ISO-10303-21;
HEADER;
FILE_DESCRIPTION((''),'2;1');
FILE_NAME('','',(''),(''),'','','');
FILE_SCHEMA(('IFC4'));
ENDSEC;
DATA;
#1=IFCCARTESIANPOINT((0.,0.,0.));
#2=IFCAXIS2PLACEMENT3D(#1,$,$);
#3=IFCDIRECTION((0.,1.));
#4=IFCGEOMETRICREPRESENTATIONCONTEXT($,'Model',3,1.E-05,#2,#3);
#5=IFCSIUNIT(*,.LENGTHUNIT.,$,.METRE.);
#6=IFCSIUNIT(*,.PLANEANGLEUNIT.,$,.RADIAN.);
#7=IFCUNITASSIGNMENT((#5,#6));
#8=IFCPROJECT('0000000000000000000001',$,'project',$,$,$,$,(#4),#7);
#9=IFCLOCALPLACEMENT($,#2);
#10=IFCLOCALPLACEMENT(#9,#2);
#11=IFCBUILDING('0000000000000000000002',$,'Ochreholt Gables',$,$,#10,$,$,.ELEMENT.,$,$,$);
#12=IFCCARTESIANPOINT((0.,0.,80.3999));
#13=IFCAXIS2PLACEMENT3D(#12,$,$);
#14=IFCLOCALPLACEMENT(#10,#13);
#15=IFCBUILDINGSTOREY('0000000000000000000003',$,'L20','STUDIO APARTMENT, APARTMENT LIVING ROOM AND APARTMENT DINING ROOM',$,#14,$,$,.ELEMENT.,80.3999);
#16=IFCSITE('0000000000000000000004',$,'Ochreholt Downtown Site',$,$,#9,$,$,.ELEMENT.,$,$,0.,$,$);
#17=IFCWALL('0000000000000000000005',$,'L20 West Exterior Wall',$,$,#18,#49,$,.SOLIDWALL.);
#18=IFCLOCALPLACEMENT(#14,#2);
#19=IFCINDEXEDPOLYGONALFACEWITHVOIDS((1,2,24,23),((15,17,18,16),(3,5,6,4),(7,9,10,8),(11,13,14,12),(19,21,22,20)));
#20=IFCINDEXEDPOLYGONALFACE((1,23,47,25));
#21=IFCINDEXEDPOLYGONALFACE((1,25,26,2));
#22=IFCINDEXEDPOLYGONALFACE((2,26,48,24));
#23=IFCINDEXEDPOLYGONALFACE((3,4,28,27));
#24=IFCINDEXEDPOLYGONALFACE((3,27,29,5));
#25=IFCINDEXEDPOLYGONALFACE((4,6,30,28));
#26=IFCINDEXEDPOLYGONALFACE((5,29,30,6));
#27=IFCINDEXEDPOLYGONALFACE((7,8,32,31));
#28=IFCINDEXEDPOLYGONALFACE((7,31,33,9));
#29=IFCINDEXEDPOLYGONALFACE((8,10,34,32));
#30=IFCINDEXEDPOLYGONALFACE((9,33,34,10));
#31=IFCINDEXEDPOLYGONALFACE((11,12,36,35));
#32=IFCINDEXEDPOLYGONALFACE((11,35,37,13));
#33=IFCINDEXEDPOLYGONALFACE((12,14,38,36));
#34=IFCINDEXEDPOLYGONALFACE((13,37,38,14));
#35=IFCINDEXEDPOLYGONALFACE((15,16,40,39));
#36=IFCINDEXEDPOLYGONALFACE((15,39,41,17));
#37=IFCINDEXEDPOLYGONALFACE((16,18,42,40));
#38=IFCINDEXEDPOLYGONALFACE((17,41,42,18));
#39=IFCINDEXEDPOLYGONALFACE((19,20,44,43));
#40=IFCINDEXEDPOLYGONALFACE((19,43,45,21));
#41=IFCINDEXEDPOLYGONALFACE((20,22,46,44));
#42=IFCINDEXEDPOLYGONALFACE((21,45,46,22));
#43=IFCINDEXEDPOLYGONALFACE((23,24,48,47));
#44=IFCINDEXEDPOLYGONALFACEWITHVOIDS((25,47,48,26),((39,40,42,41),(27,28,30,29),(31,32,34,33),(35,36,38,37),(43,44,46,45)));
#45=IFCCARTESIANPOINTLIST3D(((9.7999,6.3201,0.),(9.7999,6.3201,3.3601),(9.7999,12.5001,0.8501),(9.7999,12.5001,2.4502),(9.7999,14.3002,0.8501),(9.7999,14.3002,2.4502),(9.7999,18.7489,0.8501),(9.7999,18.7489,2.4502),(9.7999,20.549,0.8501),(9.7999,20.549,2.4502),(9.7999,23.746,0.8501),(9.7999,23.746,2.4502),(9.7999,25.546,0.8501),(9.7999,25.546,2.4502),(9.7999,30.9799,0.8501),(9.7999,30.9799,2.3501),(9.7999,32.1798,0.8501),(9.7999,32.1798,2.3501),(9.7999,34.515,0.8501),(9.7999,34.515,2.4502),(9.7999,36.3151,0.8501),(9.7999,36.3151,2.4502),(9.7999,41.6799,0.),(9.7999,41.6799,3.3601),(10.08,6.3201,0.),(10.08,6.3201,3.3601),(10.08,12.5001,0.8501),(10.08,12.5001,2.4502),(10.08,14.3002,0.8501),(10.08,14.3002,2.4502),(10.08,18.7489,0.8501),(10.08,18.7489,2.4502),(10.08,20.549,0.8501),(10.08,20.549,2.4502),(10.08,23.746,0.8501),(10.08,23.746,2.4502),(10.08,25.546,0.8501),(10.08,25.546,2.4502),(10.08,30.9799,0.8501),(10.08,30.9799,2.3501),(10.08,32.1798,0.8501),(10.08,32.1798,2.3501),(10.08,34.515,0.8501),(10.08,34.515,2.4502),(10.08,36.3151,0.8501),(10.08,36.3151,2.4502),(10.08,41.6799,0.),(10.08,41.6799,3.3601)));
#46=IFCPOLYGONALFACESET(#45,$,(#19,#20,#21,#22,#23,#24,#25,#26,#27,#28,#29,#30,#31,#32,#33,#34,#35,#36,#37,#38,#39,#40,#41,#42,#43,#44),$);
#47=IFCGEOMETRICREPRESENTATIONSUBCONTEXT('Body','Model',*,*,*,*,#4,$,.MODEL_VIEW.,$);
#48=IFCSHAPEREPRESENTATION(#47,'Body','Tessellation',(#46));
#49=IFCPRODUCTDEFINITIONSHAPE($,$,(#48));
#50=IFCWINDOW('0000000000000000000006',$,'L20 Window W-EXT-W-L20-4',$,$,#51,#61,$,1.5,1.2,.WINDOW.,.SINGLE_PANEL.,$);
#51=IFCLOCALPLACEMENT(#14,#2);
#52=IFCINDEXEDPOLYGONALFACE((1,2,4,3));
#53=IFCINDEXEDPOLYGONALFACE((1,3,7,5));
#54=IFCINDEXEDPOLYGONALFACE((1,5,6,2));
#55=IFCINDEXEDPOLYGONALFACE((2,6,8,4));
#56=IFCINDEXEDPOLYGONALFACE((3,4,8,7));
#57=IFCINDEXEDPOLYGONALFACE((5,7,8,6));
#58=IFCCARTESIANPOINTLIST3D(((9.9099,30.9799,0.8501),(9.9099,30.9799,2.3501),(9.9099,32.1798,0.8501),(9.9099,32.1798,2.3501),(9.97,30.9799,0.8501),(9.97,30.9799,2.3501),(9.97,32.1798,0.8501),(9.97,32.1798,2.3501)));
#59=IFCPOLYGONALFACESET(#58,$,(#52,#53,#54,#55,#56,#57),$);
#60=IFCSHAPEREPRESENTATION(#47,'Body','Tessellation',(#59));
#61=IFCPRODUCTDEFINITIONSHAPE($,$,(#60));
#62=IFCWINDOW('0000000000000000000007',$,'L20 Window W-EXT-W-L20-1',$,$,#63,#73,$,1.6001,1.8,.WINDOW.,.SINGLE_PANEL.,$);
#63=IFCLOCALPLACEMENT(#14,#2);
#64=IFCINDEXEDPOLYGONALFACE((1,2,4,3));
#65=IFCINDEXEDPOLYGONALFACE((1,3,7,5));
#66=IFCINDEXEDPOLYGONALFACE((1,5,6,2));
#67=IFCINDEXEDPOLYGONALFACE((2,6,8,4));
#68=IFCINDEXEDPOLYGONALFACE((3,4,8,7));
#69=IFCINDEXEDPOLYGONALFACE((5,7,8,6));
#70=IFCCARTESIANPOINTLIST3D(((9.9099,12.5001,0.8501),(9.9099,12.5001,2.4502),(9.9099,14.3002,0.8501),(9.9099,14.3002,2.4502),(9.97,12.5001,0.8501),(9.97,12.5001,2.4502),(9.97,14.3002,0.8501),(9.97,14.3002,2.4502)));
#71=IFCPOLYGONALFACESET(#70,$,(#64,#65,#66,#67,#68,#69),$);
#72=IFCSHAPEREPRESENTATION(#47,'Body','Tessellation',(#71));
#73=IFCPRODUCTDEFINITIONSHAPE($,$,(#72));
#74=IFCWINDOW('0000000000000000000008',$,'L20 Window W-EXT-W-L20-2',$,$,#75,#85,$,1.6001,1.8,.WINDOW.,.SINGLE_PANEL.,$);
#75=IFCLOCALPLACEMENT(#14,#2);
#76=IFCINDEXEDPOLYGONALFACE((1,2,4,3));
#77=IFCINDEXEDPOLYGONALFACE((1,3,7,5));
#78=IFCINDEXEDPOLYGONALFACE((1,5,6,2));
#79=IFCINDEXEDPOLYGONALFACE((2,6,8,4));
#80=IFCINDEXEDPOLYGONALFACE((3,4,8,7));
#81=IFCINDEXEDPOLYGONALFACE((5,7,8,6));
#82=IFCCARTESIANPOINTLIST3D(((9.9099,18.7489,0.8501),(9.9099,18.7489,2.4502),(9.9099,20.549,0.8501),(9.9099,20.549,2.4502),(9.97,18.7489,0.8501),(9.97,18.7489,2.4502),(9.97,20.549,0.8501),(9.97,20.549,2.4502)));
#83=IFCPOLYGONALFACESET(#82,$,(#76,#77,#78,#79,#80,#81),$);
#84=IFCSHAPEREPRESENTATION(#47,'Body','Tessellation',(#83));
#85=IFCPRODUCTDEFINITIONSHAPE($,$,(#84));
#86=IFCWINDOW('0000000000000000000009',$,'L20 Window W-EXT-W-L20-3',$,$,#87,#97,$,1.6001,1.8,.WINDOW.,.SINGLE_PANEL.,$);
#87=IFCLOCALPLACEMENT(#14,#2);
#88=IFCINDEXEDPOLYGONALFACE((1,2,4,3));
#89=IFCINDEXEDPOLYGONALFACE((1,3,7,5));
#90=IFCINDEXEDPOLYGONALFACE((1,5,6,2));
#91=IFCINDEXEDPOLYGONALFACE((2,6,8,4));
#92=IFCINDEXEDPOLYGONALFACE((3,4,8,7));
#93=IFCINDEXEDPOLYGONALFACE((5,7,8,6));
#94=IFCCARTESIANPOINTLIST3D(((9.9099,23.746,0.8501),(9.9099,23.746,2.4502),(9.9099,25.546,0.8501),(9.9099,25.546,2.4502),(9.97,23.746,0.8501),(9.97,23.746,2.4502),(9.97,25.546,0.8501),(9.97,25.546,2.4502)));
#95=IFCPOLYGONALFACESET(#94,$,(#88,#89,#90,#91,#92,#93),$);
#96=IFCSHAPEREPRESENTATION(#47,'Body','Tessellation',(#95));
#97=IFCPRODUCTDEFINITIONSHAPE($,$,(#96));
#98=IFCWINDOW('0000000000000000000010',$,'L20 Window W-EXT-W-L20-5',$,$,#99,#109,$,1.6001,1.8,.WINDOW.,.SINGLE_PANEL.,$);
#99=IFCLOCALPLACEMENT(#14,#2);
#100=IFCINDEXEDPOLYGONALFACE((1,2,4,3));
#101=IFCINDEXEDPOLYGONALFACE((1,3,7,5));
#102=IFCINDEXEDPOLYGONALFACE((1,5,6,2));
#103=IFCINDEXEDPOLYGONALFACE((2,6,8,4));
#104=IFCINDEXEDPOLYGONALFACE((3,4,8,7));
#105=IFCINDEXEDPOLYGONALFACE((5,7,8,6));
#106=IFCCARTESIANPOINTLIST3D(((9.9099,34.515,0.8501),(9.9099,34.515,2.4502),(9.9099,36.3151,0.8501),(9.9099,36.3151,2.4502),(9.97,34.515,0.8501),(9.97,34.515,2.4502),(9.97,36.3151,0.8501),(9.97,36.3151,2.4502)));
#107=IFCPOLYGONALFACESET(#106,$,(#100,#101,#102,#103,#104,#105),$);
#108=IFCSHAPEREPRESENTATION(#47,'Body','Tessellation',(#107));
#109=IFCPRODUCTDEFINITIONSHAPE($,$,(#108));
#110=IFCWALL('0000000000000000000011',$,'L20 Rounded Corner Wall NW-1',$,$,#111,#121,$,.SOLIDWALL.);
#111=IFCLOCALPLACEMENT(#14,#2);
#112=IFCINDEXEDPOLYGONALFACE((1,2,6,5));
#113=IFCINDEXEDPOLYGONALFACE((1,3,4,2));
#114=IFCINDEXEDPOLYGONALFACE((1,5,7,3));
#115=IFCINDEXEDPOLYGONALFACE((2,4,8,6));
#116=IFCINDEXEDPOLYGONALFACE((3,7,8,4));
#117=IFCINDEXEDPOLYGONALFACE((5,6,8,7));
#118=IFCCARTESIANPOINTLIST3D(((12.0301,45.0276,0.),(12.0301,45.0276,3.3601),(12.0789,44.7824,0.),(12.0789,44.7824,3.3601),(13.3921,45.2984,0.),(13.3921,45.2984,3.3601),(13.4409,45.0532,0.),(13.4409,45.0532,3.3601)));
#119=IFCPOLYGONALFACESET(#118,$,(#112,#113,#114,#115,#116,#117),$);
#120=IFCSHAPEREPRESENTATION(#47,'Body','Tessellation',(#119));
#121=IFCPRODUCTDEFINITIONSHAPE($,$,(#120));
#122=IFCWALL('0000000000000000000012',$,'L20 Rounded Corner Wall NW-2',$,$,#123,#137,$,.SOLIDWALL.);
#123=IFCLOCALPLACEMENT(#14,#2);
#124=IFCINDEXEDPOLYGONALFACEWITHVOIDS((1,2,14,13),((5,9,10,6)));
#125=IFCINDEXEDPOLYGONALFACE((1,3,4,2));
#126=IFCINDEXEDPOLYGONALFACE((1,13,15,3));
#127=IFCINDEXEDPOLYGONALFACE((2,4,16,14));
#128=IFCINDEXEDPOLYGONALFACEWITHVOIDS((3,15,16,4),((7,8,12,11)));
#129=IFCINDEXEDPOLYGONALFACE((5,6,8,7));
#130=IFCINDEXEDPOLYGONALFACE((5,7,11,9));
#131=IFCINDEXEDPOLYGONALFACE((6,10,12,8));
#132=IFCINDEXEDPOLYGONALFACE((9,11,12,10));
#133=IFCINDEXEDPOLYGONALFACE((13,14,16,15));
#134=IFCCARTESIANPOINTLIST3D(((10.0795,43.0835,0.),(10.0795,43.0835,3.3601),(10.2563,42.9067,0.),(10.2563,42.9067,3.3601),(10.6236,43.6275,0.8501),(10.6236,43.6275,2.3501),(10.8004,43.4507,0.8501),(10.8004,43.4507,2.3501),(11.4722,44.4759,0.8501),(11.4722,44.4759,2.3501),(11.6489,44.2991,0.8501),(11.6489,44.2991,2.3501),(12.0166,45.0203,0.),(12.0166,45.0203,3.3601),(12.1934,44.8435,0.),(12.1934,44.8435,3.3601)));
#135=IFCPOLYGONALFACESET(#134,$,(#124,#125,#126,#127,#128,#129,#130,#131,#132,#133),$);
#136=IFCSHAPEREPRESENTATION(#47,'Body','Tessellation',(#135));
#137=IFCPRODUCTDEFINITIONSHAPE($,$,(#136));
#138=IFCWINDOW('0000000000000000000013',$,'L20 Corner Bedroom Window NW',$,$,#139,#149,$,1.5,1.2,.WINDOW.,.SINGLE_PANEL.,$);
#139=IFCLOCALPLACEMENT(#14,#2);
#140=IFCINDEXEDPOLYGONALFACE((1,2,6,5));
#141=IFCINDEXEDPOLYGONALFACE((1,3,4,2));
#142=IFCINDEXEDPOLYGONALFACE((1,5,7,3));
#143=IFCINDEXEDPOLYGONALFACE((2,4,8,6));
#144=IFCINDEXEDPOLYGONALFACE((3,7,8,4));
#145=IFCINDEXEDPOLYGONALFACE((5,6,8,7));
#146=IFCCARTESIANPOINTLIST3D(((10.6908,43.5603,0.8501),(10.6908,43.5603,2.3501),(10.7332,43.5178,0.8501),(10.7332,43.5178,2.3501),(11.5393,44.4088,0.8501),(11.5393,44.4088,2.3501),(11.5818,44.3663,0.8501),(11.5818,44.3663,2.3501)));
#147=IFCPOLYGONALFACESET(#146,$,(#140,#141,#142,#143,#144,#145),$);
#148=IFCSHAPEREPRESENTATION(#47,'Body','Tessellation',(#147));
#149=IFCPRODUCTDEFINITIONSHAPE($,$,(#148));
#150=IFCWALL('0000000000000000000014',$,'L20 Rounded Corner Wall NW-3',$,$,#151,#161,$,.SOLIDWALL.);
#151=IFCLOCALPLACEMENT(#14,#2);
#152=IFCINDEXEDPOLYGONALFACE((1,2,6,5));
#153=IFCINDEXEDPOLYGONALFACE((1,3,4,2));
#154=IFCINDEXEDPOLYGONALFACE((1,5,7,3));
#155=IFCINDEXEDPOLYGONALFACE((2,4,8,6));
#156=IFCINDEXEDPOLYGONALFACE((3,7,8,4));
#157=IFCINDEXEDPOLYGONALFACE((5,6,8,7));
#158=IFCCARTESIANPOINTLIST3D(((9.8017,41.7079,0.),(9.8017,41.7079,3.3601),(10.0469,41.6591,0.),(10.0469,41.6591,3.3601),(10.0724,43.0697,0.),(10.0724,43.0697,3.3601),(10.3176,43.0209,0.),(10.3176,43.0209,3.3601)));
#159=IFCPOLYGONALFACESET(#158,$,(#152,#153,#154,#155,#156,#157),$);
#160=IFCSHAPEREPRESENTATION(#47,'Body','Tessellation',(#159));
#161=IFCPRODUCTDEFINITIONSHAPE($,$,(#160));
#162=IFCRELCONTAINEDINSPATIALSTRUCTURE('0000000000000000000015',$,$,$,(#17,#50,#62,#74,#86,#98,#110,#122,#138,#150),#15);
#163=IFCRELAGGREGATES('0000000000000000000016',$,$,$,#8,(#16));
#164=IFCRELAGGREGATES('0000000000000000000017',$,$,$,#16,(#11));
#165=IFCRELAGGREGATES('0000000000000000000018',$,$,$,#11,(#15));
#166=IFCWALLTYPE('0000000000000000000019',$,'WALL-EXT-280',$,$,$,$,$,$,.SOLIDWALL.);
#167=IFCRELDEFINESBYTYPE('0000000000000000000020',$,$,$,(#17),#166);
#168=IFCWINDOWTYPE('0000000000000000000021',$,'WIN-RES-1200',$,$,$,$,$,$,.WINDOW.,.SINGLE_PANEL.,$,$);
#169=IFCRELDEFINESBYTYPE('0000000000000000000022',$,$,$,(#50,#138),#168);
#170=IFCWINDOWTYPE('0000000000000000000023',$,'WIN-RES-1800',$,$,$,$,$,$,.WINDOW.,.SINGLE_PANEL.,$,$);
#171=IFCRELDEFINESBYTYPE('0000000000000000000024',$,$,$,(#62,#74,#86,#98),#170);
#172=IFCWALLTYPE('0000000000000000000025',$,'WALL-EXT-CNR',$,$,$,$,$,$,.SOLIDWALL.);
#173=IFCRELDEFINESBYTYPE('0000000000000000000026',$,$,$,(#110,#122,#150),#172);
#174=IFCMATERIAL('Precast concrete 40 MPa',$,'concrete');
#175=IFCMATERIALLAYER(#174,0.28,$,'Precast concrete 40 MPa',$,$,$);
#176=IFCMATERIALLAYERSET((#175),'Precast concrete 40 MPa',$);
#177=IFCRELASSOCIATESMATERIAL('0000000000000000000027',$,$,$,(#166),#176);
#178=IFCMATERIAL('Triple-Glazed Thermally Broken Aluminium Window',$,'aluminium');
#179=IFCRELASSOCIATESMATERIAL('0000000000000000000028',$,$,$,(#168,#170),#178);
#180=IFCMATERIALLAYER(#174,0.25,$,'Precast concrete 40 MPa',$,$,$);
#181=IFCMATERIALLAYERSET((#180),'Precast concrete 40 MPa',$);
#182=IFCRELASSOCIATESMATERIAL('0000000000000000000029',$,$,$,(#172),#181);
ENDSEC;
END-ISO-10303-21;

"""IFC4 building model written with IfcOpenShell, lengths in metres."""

from ifc_helpers import new_model, si_unit, direction, frame, frame_2d, origin, place, context, subcontext, project, spatial, rectangle, extrude, material, layer, layer_set, type_object, element, fill, save


model = new_model("IFC4")

# Units and contexts
model_context = context("Model", 3, precision=1e-05, world=origin(), true_north=direction((0.0, 1.0)))
body_context = subcontext(model_context, "Body", "Model", "MODEL_VIEW")
ifc_project = project(units=[si_unit("LENGTHUNIT", "METRE"), si_unit("PLANEANGLEUNIT", "RADIAN")], contexts=[model_context])

# Site, building, storey
site_placement = place(None, origin())
site = spatial("IfcSite", under=ifc_project, at=site_placement, Name="Ochreholt Downtown Site", CompositionType="ELEMENT", RefElevation=0.0)
building_placement = place(site_placement, origin())
building = spatial("IfcBuilding", under=site, at=building_placement, Name="Ochreholt Gables", CompositionType="ELEMENT")
storey_placement = place(building_placement, frame((0.0, 0.0, 80.3999)))
storey = spatial("IfcBuildingStorey", under=building, at=storey_placement, Name="L20", Description="STUDIO APARTMENT, APARTMENT LIVING ROOM AND APARTMENT DINING ROOM", CompositionType="ELEMENT", Elevation=80.3999)

# Wall, openings, windows
ifc_material_1 = material(Name="Precast concrete 40 MPa", Category="concrete")
ifc_layer_1 = layer(ifc_material_1, 0.28, Name="Precast concrete 40 MPa")
ifc_layer_set_1 = layer_set([ifc_layer_1], Name="Precast concrete 40 MPa")
wall_type_1 = type_object("IfcWallType", Name="WALL-EXT-280", PredefinedType="SOLIDWALL", material=ifc_layer_set_1)
wall_1_placement = place(storey_placement, frame((9.9399, 41.6799, 0.0), z_axis=(0.0, 0.0, 1.0), x_axis=(0.0, -1.0, 0.0)))
wall_1 = element("IfcWall", 1, at=wall_1_placement, inside=storey, type_object=wall_type_1, Name="L20 West Exterior Wall", PredefinedType="SOLIDWALL", context=body_context, shape_type="SweptSolid", body=[
    extrude(rectangle(XDim=35.3599, YDim=0.28, at=frame_2d((17.6799, 0.0))), origin(), (0.0, 0.0, 1.0), 3.3601),
])
opening_1_placement = place(wall_1_placement, frame((27.3799, 0.0, 0.8501)))
opening_1 = element("IfcOpeningElement", 2, at=opening_1_placement, cuts=wall_1, PredefinedType="OPENING", context=body_context, shape_type="SweptSolid", body=[
    extrude(rectangle(XDim=1.8, YDim=1.6001, at=frame_2d((0.8999, 0.8))), frame((0.0, 0.1499, 0.0), z_axis=(0.0, -1.0, 0.0), x_axis=(1.0, 0.0, 0.0)), (0.0, 0.0, 1.0), 0.3),
])
opening_2_placement = place(wall_1_placement, frame((21.1311, 0.0, 0.8501)))
opening_2 = element("IfcOpeningElement", 3, at=opening_2_placement, cuts=wall_1, PredefinedType="OPENING", context=body_context, shape_type="SweptSolid", body=[
    extrude(rectangle(XDim=1.8, YDim=1.6001, at=frame_2d((0.8999, 0.8))), frame((0.0, 0.1499, 0.0), z_axis=(0.0, -1.0, 0.0), x_axis=(1.0, 0.0, 0.0)), (0.0, 0.0, 1.0), 0.3),
])
opening_3_placement = place(wall_1_placement, frame((16.134, 0.0, 0.8501)))
opening_3 = element("IfcOpeningElement", 4, at=opening_3_placement, cuts=wall_1, PredefinedType="OPENING", context=body_context, shape_type="SweptSolid", body=[
    extrude(rectangle(XDim=1.8, YDim=1.6001, at=frame_2d((0.8999, 0.8))), frame((0.0, 0.1499, 0.0), z_axis=(0.0, -1.0, 0.0), x_axis=(1.0, 0.0, 0.0)), (0.0, 0.0, 1.0), 0.3),
])
opening_4_placement = place(wall_1_placement, frame((9.5, 0.0, 0.8501)))
opening_4 = element("IfcOpeningElement", 5, at=opening_4_placement, cuts=wall_1, PredefinedType="OPENING", context=body_context, shape_type="SweptSolid", body=[
    extrude(rectangle(XDim=1.2, YDim=1.5, at=frame_2d((0.6001, 0.75))), frame((0.0, 0.1499, 0.0), z_axis=(0.0, -1.0, 0.0), x_axis=(1.0, 0.0, 0.0)), (0.0, 0.0, 1.0), 0.3),
])
opening_5_placement = place(wall_1_placement, frame((5.365, 0.0, 0.8501)))
opening_5 = element("IfcOpeningElement", 6, at=opening_5_placement, cuts=wall_1, PredefinedType="OPENING", context=body_context, shape_type="SweptSolid", body=[
    extrude(rectangle(XDim=1.8, YDim=1.6001, at=frame_2d((0.8999, 0.8))), frame((0.0, 0.1499, 0.0), z_axis=(0.0, -1.0, 0.0), x_axis=(1.0, 0.0, 0.0)), (0.0, 0.0, 1.0), 0.3),
])
ifc_material_2 = material(Name="Triple-Glazed Thermally Broken Aluminium Window", Category="aluminium")
window_type_1 = type_object("IfcWindowType", Name="WIN-RES-1200", PartitioningType="SINGLE_PANEL", PredefinedType="WINDOW", material=ifc_material_2)
window_1_placement = place(opening_4_placement, origin())
window_1 = element("IfcWindow", 7, at=window_1_placement, inside=storey, type_object=window_type_1, Name="L20 Window W-EXT-W-L20-4", OverallHeight=1.5, OverallWidth=1.2, PartitioningType="SINGLE_PANEL", PredefinedType="WINDOW", context=body_context, shape_type="SweptSolid", body=[
    extrude(rectangle(XDim=1.2, YDim=1.5, at=frame_2d((0.6001, 0.75))), frame((0.0, 0.03, 0.0), z_axis=(0.0, -1.0, 0.0), x_axis=(1.0, 0.0, 0.0)), (0.0, 0.0, 1.0), 0.0601),
])
fill(opening_4, window_1)
window_type_2 = type_object("IfcWindowType", Name="WIN-RES-1800", PartitioningType="SINGLE_PANEL", PredefinedType="WINDOW", material=ifc_material_2)
window_2_placement = place(opening_1_placement, origin())
window_2 = element("IfcWindow", 8, at=window_2_placement, inside=storey, type_object=window_type_2, Name="L20 Window W-EXT-W-L20-1", OverallHeight=1.6001, OverallWidth=1.8, PartitioningType="SINGLE_PANEL", PredefinedType="WINDOW", context=body_context, shape_type="SweptSolid", body=[
    extrude(rectangle(XDim=1.8, YDim=1.6001, at=frame_2d((0.8999, 0.8))), frame((0.0, 0.03, 0.0), z_axis=(0.0, -1.0, 0.0), x_axis=(1.0, 0.0, 0.0)), (0.0, 0.0, 1.0), 0.0601),
])
fill(opening_1, window_2)
window_3_placement = place(opening_2_placement, origin())
window_3 = element("IfcWindow", 9, at=window_3_placement, inside=storey, type_object=window_type_2, Name="L20 Window W-EXT-W-L20-2", OverallHeight=1.6001, OverallWidth=1.8, PartitioningType="SINGLE_PANEL", PredefinedType="WINDOW", context=body_context, shape_type="SweptSolid", body=[
    extrude(rectangle(XDim=1.8, YDim=1.6001, at=frame_2d((0.8999, 0.8))), frame((0.0, 0.03, 0.0), z_axis=(0.0, -1.0, 0.0), x_axis=(1.0, 0.0, 0.0)), (0.0, 0.0, 1.0), 0.0601),
])
fill(opening_2, window_3)
window_4_placement = place(opening_3_placement, origin())
window_4 = element("IfcWindow", 10, at=window_4_placement, inside=storey, type_object=window_type_2, Name="L20 Window W-EXT-W-L20-3", OverallHeight=1.6001, OverallWidth=1.8, PartitioningType="SINGLE_PANEL", PredefinedType="WINDOW", context=body_context, shape_type="SweptSolid", body=[
    extrude(rectangle(XDim=1.8, YDim=1.6001, at=frame_2d((0.8999, 0.8))), frame((0.0, 0.03, 0.0), z_axis=(0.0, -1.0, 0.0), x_axis=(1.0, 0.0, 0.0)), (0.0, 0.0, 1.0), 0.0601),
])
fill(opening_3, window_4)
window_5_placement = place(opening_5_placement, origin())
window_5 = element("IfcWindow", 11, at=window_5_placement, inside=storey, type_object=window_type_2, Name="L20 Window W-EXT-W-L20-5", OverallHeight=1.6001, OverallWidth=1.8, PartitioningType="SINGLE_PANEL", PredefinedType="WINDOW", context=body_context, shape_type="SweptSolid", body=[
    extrude(rectangle(XDim=1.8, YDim=1.6001, at=frame_2d((0.8999, 0.8))), frame((0.0, 0.03, 0.0), z_axis=(0.0, -1.0, 0.0), x_axis=(1.0, 0.0, 0.0)), (0.0, 0.0, 1.0), 0.0601),
])
fill(opening_5, window_5)

# Wall
ifc_layer_2 = layer(ifc_material_1, 0.25, Name="Precast concrete 40 MPa")
ifc_layer_set_2 = layer_set([ifc_layer_2], Name="Precast concrete 40 MPa")
wall_type_2 = type_object("IfcWallType", Name="WALL-EXT-CNR", PredefinedType="SOLIDWALL", material=ifc_layer_set_2)
wall_2_placement = place(storey_placement, frame((13.4165, 45.1758, 0.0), z_axis=(0.0, 0.0, 1.0), x_axis=(-0.98081, -0.194967, 0.0)))
element("IfcWall", 12, at=wall_2_placement, inside=storey, type_object=wall_type_2, Name="L20 Rounded Corner Wall NW-1", PredefinedType="SOLIDWALL", context=body_context, shape_type="SweptSolid", body=[
    extrude(rectangle(XDim=1.3887, YDim=0.25, at=frame_2d((0.6943, 0.0))), origin(), (0.0, 0.0, 1.0), 3.3601),
])

# Wall, opening, window
wall_3_placement = place(storey_placement, frame((12.105, 44.9319, 0.0), z_axis=(0.0, 0.0, 1.0), x_axis=(-0.707151, -0.707062, 0.0)))
wall_3 = element("IfcWall", 13, at=wall_3_placement, inside=storey, type_object=wall_type_2, Name="L20 Rounded Corner Wall NW-2", PredefinedType="SOLIDWALL", context=body_context, shape_type="SweptSolid", body=[
    extrude(rectangle(XDim=2.7393, YDim=0.25, at=frame_2d((1.3696, 0.0))), origin(), (0.0, 0.0, 1.0), 3.3601),
])
opening_6_placement = place(wall_3_placement, frame((0.7698, 0.0, 0.8501)))
opening_6 = element("IfcOpeningElement", 14, at=opening_6_placement, cuts=wall_3, PredefinedType="OPENING", context=body_context, shape_type="SweptSolid", body=[
    extrude(rectangle(XDim=1.2, YDim=1.5, at=frame_2d((0.6001, 0.75))), frame((0.0, 0.135, 0.0), z_axis=(0.0, -1.0, 0.0), x_axis=(1.0, 0.0, 0.0)), (0.0, 0.0, 1.0), 0.27),
])
window_6_placement = place(opening_6_placement, origin())
window_6 = element("IfcWindow", 15, at=window_6_placement, inside=storey, type_object=window_type_1, Name="L20 Corner Bedroom Window NW", OverallHeight=1.5, OverallWidth=1.2, PartitioningType="SINGLE_PANEL", PredefinedType="WINDOW", context=body_context, shape_type="SweptSolid", body=[
    extrude(rectangle(XDim=1.2, YDim=1.5, at=frame_2d((0.6001, 0.75))), frame((0.0, 0.03, 0.0), z_axis=(0.0, -1.0, 0.0), x_axis=(1.0, 0.0, 0.0)), (0.0, 0.0, 1.0), 0.0601),
])
fill(opening_6, window_6)

# Wall
wall_4_placement = place(storey_placement, frame((10.1951, 43.0454, 0.0), z_axis=(0.0, 0.0, 1.0), x_axis=(-0.195, -0.980803, 0.0)))
element("IfcWall", 16, at=wall_4_placement, inside=storey, type_object=wall_type_2, Name="L20 Rounded Corner Wall NW-3", PredefinedType="SOLIDWALL", context=body_context, shape_type="SweptSolid", body=[
    extrude(rectangle(XDim=1.3884, YDim=0.25, at=frame_2d((0.6943, 0.0))), origin(), (0.0, 0.0, 1.0), 3.3601),
])

save(model, "model.ifc")
